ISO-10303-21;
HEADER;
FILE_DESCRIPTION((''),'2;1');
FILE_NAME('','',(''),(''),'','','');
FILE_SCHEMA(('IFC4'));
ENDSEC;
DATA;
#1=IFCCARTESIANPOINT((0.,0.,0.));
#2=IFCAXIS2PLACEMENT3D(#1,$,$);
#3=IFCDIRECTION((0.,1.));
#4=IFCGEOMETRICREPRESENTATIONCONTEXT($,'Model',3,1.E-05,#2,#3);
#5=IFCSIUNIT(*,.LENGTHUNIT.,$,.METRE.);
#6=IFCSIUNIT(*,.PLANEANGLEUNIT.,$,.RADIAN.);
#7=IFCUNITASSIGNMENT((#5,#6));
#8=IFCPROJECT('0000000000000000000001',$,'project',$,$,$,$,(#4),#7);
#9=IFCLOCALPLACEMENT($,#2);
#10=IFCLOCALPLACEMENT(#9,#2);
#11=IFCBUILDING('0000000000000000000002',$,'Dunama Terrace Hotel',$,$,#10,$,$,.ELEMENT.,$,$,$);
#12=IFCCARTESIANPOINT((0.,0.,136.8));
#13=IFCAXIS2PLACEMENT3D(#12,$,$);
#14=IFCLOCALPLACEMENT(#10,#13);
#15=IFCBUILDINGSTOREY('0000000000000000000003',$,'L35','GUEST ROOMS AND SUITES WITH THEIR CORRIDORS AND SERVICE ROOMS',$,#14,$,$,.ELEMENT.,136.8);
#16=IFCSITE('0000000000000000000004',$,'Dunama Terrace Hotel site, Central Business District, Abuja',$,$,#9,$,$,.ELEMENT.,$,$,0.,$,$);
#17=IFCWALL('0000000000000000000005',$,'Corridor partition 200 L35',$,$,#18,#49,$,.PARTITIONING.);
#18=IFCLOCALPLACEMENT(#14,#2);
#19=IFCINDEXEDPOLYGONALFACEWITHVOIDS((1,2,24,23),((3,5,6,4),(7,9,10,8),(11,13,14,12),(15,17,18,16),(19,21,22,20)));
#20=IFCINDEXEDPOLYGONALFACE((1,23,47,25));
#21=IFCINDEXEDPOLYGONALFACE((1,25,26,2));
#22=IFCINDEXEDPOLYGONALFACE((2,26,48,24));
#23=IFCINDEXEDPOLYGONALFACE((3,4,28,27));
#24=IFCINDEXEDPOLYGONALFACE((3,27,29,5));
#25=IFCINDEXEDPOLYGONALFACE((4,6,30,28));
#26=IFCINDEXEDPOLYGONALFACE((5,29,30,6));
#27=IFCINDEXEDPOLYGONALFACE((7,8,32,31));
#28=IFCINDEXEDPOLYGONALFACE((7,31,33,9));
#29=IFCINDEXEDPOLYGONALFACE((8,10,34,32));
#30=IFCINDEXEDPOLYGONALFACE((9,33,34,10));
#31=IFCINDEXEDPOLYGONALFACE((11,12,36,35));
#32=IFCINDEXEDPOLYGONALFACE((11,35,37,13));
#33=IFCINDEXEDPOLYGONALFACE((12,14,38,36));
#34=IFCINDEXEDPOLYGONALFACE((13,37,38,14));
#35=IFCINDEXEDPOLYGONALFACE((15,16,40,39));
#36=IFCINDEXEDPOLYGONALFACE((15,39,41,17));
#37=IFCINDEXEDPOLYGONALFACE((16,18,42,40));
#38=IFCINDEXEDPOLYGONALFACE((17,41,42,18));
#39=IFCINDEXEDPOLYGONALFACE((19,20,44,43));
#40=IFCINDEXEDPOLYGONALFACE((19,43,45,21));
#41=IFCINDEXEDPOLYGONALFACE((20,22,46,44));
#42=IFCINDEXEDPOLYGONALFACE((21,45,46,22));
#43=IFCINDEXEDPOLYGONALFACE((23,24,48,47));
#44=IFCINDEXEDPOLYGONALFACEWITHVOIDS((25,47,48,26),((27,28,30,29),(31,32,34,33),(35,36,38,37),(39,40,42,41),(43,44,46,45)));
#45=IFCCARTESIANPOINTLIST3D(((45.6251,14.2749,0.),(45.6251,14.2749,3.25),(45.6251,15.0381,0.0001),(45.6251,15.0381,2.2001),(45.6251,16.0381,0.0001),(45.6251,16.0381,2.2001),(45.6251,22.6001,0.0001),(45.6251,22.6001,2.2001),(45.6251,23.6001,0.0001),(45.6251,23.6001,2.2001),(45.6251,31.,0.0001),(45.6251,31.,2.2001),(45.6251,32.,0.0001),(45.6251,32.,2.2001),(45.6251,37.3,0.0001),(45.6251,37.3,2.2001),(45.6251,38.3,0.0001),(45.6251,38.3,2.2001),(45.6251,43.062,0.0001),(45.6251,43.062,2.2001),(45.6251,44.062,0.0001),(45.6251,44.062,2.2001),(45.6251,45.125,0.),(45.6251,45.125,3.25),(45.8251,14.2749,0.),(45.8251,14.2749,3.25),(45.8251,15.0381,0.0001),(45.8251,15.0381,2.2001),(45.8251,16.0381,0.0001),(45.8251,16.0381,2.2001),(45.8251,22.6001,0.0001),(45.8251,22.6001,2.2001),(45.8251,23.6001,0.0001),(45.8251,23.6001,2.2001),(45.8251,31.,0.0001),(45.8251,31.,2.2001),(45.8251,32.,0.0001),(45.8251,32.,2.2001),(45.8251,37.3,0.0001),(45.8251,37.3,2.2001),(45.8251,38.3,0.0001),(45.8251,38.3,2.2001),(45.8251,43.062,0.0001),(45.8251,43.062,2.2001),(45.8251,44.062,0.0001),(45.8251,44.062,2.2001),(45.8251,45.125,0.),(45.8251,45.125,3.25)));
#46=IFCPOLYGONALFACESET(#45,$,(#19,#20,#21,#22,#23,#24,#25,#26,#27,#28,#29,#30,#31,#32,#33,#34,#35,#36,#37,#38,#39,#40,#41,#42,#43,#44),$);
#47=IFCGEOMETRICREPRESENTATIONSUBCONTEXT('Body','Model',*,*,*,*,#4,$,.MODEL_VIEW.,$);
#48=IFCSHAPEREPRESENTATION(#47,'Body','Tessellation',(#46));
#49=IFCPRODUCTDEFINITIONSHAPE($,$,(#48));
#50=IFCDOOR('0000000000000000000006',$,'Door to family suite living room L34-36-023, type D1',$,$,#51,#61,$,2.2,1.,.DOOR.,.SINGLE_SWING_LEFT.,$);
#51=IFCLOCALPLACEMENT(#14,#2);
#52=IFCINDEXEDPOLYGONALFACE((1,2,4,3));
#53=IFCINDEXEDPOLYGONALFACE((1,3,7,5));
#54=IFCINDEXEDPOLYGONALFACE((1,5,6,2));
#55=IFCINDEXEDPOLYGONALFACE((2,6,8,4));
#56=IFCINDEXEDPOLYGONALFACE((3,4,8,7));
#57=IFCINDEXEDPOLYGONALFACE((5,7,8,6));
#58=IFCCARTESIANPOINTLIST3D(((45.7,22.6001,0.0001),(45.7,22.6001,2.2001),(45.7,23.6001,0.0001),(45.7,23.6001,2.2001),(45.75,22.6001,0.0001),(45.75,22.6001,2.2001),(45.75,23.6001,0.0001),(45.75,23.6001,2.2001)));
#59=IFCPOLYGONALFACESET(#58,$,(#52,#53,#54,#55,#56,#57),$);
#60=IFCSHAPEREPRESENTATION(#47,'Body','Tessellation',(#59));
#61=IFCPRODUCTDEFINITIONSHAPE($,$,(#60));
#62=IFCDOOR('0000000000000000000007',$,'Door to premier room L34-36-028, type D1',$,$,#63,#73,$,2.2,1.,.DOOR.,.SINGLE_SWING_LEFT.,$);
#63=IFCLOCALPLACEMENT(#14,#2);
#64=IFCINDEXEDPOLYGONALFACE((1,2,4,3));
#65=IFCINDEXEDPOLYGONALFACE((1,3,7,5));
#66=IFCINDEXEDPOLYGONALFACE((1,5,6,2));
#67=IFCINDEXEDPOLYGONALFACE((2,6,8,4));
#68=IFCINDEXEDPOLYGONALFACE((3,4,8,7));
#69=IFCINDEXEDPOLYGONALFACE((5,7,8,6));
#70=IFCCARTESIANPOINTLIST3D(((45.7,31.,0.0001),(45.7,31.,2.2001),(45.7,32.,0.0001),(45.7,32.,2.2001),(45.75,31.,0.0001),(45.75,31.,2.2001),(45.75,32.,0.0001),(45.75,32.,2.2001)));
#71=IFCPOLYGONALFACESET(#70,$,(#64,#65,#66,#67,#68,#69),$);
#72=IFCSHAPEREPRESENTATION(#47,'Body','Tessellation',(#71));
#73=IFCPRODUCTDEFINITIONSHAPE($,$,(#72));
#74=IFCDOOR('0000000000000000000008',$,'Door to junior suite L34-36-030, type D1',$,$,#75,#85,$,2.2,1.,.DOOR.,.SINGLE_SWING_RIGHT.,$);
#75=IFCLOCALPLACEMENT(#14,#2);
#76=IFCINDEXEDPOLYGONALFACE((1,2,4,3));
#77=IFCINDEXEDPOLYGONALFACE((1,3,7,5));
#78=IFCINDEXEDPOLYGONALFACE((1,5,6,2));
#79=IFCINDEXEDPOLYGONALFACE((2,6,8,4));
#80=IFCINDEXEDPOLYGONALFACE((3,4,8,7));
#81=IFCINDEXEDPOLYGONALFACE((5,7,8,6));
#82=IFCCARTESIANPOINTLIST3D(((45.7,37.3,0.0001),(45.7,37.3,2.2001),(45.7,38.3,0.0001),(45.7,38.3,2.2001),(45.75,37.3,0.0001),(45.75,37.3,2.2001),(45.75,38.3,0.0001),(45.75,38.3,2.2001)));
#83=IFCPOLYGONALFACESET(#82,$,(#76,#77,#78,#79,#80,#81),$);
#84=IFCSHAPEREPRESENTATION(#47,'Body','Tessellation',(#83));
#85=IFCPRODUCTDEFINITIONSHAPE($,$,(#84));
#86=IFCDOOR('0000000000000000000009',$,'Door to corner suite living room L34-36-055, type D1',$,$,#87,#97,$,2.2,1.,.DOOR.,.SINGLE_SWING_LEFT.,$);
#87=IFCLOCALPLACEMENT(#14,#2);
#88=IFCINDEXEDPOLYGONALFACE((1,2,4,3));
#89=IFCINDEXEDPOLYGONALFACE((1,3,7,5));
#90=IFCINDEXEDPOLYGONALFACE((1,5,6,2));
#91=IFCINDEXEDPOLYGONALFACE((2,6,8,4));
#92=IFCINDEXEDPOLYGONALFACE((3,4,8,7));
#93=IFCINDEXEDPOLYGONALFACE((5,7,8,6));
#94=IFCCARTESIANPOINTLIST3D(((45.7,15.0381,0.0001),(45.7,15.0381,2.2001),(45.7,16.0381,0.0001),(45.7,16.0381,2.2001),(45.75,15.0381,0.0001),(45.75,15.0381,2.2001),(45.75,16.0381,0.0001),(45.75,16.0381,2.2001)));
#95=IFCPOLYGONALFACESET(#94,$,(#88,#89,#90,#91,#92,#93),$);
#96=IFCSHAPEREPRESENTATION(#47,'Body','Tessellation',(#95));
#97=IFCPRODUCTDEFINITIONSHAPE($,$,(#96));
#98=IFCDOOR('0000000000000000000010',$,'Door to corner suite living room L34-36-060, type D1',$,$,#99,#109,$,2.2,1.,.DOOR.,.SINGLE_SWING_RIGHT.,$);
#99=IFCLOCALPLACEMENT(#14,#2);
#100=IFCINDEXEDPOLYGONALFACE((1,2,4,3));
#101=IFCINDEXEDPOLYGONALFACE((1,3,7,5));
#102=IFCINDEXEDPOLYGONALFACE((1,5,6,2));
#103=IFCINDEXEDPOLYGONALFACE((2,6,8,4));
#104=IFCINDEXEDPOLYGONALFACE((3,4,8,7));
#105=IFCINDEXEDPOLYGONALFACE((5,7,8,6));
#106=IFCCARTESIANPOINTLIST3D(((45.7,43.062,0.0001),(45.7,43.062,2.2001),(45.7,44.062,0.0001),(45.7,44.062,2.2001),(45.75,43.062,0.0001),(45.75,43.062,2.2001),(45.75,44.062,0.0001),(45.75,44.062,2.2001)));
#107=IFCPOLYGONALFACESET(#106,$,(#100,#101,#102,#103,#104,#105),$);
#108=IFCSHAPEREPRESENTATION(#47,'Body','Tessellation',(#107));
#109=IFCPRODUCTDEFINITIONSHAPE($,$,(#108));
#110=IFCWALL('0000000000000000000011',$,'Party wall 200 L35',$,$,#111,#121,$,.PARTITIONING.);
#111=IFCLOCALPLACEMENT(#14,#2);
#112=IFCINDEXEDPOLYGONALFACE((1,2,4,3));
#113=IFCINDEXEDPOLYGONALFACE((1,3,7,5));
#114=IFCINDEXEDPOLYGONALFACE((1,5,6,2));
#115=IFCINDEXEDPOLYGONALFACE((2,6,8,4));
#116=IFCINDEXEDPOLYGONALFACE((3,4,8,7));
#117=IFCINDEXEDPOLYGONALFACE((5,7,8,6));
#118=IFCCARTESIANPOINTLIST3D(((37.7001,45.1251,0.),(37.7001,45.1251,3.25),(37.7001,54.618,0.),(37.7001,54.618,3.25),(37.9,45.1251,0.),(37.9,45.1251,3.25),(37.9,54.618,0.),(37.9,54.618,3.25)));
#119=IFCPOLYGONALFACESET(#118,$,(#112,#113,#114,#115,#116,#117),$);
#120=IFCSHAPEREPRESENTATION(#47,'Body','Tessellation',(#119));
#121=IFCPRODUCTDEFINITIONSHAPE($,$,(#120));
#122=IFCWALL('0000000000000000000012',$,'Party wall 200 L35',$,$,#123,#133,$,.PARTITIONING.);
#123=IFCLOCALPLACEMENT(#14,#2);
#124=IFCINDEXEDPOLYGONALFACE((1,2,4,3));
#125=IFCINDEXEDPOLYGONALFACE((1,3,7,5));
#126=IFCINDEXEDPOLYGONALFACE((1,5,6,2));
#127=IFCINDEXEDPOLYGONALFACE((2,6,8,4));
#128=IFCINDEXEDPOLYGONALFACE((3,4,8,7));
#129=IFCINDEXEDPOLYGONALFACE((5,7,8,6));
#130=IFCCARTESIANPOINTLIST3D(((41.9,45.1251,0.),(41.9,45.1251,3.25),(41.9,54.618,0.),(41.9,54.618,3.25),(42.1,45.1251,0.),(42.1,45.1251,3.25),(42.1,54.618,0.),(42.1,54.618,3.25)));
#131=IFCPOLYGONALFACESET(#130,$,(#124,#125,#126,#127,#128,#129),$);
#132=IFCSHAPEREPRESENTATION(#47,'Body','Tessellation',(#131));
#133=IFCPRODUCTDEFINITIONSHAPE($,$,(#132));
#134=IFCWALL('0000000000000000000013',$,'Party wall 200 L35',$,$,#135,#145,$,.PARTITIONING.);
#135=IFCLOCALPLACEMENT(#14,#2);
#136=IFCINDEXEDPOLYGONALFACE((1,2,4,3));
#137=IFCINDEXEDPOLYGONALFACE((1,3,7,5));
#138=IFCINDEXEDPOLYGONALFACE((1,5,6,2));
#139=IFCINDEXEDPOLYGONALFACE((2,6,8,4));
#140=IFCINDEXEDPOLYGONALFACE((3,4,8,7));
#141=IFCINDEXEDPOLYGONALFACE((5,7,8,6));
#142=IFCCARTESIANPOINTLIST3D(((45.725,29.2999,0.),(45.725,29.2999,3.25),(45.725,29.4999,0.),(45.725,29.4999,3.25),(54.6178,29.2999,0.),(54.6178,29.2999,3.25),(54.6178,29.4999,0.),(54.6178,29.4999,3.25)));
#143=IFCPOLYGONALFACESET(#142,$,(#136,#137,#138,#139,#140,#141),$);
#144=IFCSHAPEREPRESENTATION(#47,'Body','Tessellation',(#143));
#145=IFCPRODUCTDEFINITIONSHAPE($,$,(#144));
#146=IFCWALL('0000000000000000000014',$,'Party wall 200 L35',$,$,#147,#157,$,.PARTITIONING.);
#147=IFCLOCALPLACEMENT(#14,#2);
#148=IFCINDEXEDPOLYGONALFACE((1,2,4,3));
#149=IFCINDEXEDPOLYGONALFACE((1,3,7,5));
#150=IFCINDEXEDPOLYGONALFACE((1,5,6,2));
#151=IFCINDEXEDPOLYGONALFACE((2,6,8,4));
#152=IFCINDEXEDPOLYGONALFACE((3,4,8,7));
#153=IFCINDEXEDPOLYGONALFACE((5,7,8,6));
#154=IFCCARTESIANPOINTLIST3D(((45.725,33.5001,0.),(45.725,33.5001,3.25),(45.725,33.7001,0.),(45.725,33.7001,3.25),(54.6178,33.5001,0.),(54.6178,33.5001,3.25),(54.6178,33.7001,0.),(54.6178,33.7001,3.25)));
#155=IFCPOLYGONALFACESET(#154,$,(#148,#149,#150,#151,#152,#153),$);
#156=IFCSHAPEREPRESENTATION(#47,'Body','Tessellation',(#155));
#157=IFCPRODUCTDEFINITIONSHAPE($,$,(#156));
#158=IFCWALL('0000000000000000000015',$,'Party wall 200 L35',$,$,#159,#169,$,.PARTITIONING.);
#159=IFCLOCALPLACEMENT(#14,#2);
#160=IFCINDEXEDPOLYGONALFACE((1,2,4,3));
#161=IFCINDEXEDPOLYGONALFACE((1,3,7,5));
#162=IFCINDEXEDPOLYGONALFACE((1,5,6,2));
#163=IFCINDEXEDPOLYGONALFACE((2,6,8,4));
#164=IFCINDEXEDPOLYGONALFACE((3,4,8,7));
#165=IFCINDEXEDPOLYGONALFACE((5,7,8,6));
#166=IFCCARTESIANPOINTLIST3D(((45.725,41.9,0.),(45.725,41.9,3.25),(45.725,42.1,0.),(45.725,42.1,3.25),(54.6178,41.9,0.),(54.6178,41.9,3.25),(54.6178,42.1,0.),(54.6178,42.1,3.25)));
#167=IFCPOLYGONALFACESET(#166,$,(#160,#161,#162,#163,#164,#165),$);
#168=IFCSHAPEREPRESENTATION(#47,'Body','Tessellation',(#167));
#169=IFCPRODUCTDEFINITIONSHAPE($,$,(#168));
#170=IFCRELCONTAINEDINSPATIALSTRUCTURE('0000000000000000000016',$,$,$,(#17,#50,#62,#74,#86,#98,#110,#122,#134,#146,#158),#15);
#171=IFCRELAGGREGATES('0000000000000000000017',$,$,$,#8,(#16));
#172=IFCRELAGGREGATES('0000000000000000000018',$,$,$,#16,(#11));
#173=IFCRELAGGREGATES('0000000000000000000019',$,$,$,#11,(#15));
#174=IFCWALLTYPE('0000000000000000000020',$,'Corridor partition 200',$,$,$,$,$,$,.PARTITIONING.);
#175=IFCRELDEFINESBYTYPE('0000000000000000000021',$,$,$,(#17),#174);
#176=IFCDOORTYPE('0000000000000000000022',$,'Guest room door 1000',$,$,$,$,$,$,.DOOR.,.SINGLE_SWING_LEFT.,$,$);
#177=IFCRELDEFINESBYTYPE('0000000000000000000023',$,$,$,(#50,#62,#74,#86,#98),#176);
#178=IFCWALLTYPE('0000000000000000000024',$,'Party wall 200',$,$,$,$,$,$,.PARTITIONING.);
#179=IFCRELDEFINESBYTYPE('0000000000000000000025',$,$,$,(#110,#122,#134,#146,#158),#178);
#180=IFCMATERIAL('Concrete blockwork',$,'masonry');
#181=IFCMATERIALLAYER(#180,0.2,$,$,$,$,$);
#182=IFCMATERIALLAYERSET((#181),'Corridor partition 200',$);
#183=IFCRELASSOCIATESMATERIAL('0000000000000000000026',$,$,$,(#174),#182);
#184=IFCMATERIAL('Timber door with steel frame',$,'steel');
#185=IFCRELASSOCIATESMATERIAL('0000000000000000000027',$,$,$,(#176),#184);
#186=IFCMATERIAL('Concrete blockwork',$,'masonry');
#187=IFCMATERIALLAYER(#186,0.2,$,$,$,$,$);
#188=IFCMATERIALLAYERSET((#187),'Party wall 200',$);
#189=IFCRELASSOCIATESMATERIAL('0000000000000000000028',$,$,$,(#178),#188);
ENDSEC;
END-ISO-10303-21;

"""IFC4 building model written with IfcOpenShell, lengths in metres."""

from ifc_helpers import new_model, si_unit, direction, frame, frame_2d, origin, place, context, subcontext, project, spatial, rectangle, extrude, material, layer, layer_set, type_object, element, fill, save


model = new_model("IFC4")

# Units and contexts
model_context = context("Model", 3, precision=1e-05, world=origin(), true_north=direction((0.0, 1.0)))
body_context = subcontext(model_context, "Body", "Model", "MODEL_VIEW")
ifc_project = project(units=[si_unit("LENGTHUNIT", "METRE"), si_unit("PLANEANGLEUNIT", "RADIAN")], contexts=[model_context])

# Site, building, storey
site_placement = place(None, origin())
site = spatial("IfcSite", under=ifc_project, at=site_placement, Name="Dunama Terrace Hotel site, Central Business District, Abuja", CompositionType="ELEMENT", RefElevation=0.0)
building_placement = place(site_placement, origin())
building = spatial("IfcBuilding", under=site, at=building_placement, Name="Dunama Terrace Hotel", CompositionType="ELEMENT")
storey_placement = place(building_placement, frame((0.0, 0.0, 136.8)))
storey = spatial("IfcBuildingStorey", under=building, at=storey_placement, Name="L35", Description="GUEST ROOMS AND SUITES WITH THEIR CORRIDORS AND SERVICE ROOMS", CompositionType="ELEMENT", Elevation=136.8)

# Wall, openings, doors
ifc_material_1 = material(Name="Concrete blockwork", Category="masonry")
ifc_layer_1 = layer(ifc_material_1, 0.2)
ifc_layer_set_1 = layer_set([ifc_layer_1], Name="Corridor partition 200")
wall_type_1 = type_object("IfcWallType", Name="Corridor partition 200", PredefinedType="PARTITIONING", material=ifc_layer_set_1)
wall_1_placement = place(storey_placement, frame((45.7251, 45.125, 0.0), z_axis=(0.0, 0.0, 1.0), x_axis=(0.0, -1.0, 0.0)))
wall_1 = element("IfcWall", 1, at=wall_1_placement, inside=storey, type_object=wall_type_1, Name="Corridor partition 200 L35", PredefinedType="PARTITIONING", context=body_context, shape_type="SweptSolid", body=[
    extrude(rectangle(XDim=30.8501, YDim=0.2, at=frame_2d((15.425, 0.0))), origin(), (0.0, 0.0, 1.0), 3.25),
])
opening_1_placement = place(wall_1_placement, frame((21.5249, 0.0, 0.0)))
opening_1 = element("IfcOpeningElement", 2, at=opening_1_placement, cuts=wall_1, PredefinedType="OPENING", context=body_context, shape_type="SweptSolid", body=[
    extrude(rectangle(XDim=1.0, YDim=2.2, at=frame_2d((0.5, 1.1001))), frame((0.0, 0.1099, 0.0), z_axis=(0.0, -1.0, 0.0), x_axis=(1.0, 0.0, 0.0)), (0.0, 0.0, 1.0), 0.22),
])
opening_2_placement = place(wall_1_placement, frame((13.125, 0.0, 0.0)))
opening_2 = element("IfcOpeningElement", 3, at=opening_2_placement, cuts=wall_1, PredefinedType="OPENING", context=body_context, shape_type="SweptSolid", body=[
    extrude(rectangle(XDim=1.0, YDim=2.2, at=frame_2d((0.5, 1.1001))), frame((0.0, 0.1099, 0.0), z_axis=(0.0, -1.0, 0.0), x_axis=(1.0, 0.0, 0.0)), (0.0, 0.0, 1.0), 0.22),
])
opening_3_placement = place(wall_1_placement, frame((6.825, 0.0, 0.0)))
opening_3 = element("IfcOpeningElement", 4, at=opening_3_placement, cuts=wall_1, PredefinedType="OPENING", context=body_context, shape_type="SweptSolid", body=[
    extrude(rectangle(XDim=1.0, YDim=2.2, at=frame_2d((0.5, 1.1001))), frame((0.0, 0.1099, 0.0), z_axis=(0.0, -1.0, 0.0), x_axis=(1.0, 0.0, 0.0)), (0.0, 0.0, 1.0), 0.22),
])
opening_4_placement = place(wall_1_placement, frame((29.0869, 0.0, 0.0)))
opening_4 = element("IfcOpeningElement", 5, at=opening_4_placement, cuts=wall_1, PredefinedType="OPENING", context=body_context, shape_type="SweptSolid", body=[
    extrude(rectangle(XDim=1.0, YDim=2.2, at=frame_2d((0.5, 1.1001))), frame((0.0, 0.1099, 0.0), z_axis=(0.0, -1.0, 0.0), x_axis=(1.0, 0.0, 0.0)), (0.0, 0.0, 1.0), 0.22),
])
opening_5_placement = place(wall_1_placement, frame((1.063, 0.0, 0.0)))
opening_5 = element("IfcOpeningElement", 6, at=opening_5_placement, cuts=wall_1, PredefinedType="OPENING", context=body_context, shape_type="SweptSolid", body=[
    extrude(rectangle(XDim=1.0, YDim=2.2, at=frame_2d((0.5, 1.1001))), frame((0.0, 0.1099, 0.0), z_axis=(0.0, -1.0, 0.0), x_axis=(1.0, 0.0, 0.0)), (0.0, 0.0, 1.0), 0.22),
])
ifc_material_2 = material(Name="Timber door with steel frame", Category="steel")
door_type_1 = type_object("IfcDoorType", Name="Guest room door 1000", OperationType="SINGLE_SWING_LEFT", PredefinedType="DOOR", material=ifc_material_2)
door_1_placement = place(opening_1_placement, origin())
door_1 = element("IfcDoor", 7, at=door_1_placement, inside=storey, type_object=door_type_1, Name="Door to family suite living room L34-36-023, type D1", OperationType="SINGLE_SWING_LEFT", OverallHeight=2.2, OverallWidth=1.0, PredefinedType="DOOR", context=body_context, shape_type="SweptSolid", body=[
    extrude(rectangle(XDim=1.0, YDim=2.2, at=frame_2d((0.5, 1.1001))), frame((0.0, 0.0249, 0.0), z_axis=(0.0, -1.0, 0.0), x_axis=(1.0, 0.0, 0.0)), (0.0, 0.0, 1.0), 0.05),
])
fill(opening_1, door_1)
door_2_placement = place(opening_2_placement, origin())
door_2 = element("IfcDoor", 8, at=door_2_placement, inside=storey, type_object=door_type_1, Name="Door to premier room L34-36-028, type D1", OperationType="SINGLE_SWING_LEFT", OverallHeight=2.2, OverallWidth=1.0, PredefinedType="DOOR", context=body_context, shape_type="SweptSolid", body=[
    extrude(rectangle(XDim=1.0, YDim=2.2, at=frame_2d((0.5, 1.1001))), frame((0.0, 0.0249, 0.0), z_axis=(0.0, -1.0, 0.0), x_axis=(1.0, 0.0, 0.0)), (0.0, 0.0, 1.0), 0.05),
])
fill(opening_2, door_2)
door_3_placement = place(opening_3_placement, origin())
door_3 = element("IfcDoor", 9, at=door_3_placement, inside=storey, type_object=door_type_1, Name="Door to junior suite L34-36-030, type D1", OperationType="SINGLE_SWING_RIGHT", OverallHeight=2.2, OverallWidth=1.0, PredefinedType="DOOR", context=body_context, shape_type="SweptSolid", body=[
    extrude(rectangle(XDim=1.0, YDim=2.2, at=frame_2d((0.5, 1.1001))), frame((0.0, 0.0249, 0.0), z_axis=(0.0, -1.0, 0.0), x_axis=(1.0, 0.0, 0.0)), (0.0, 0.0, 1.0), 0.05),
])
fill(opening_3, door_3)
door_4_placement = place(opening_4_placement, origin())
door_4 = element("IfcDoor", 10, at=door_4_placement, inside=storey, type_object=door_type_1, Name="Door to corner suite living room L34-36-055, type D1", OperationType="SINGLE_SWING_LEFT", OverallHeight=2.2, OverallWidth=1.0, PredefinedType="DOOR", context=body_context, shape_type="SweptSolid", body=[
    extrude(rectangle(XDim=1.0, YDim=2.2, at=frame_2d((0.5, 1.1001))), frame((0.0, 0.0249, 0.0), z_axis=(0.0, -1.0, 0.0), x_axis=(1.0, 0.0, 0.0)), (0.0, 0.0, 1.0), 0.05),
])
fill(opening_4, door_4)
door_5_placement = place(opening_5_placement, origin())
door_5 = element("IfcDoor", 11, at=door_5_placement, inside=storey, type_object=door_type_1, Name="Door to corner suite living room L34-36-060, type D1", OperationType="SINGLE_SWING_RIGHT", OverallHeight=2.2, OverallWidth=1.0, PredefinedType="DOOR", context=body_context, shape_type="SweptSolid", body=[
    extrude(rectangle(XDim=1.0, YDim=2.2, at=frame_2d((0.5, 1.1001))), frame((0.0, 0.0249, 0.0), z_axis=(0.0, -1.0, 0.0), x_axis=(1.0, 0.0, 0.0)), (0.0, 0.0, 1.0), 0.05),
])
fill(opening_5, door_5)

# Walls
ifc_material_3 = material(Name="Concrete blockwork", Category="masonry")
ifc_layer_2 = layer(ifc_material_3, 0.2)
ifc_layer_set_2 = layer_set([ifc_layer_2], Name="Party wall 200")
wall_type_2 = type_object("IfcWallType", Name="Party wall 200", PredefinedType="PARTITIONING", material=ifc_layer_set_2)
for number, where, z_axis, x_axis, name in (
    (12, (37.8, 45.125, 0.0), (0.0, 0.0, 1.0), (0.0, 1.0, 0.0), "Party wall 200 L35"),
    (13, (42.0, 45.125, 0.0), (0.0, 0.0, 1.0), (0.0, 1.0, 0.0), "Party wall 200 L35"),
):
    element("IfcWall", number, at=place(storey_placement, frame(where, z_axis=z_axis, x_axis=x_axis)), inside=storey, type_object=wall_type_2, Name=name, PredefinedType="PARTITIONING", context=body_context, shape_type="SweptSolid", body=[
        extrude(rectangle(XDim=9.4929, YDim=0.2, at=frame_2d((4.7466, 0.0))), origin(), (0.0, 0.0, 1.0), 3.25),
    ])
for number, where, z_axis, x_axis, name in (
    (14, (45.7251, 29.3999, 0.0), (0.0, 0.0, 1.0), (1.0, 0.0, 0.0), "Party wall 200 L35"),
    (15, (45.7251, 33.6001, 0.0), (0.0, 0.0, 1.0), (1.0, 0.0, 0.0), "Party wall 200 L35"),
    (16, (45.7251, 42.0, 0.0), (0.0, 0.0, 1.0), (1.0, 0.0, 0.0), "Party wall 200 L35"),
):
    element("IfcWall", number, at=place(storey_placement, frame(where, z_axis=z_axis, x_axis=x_axis)), inside=storey, type_object=wall_type_2, Name=name, PredefinedType="PARTITIONING", context=body_context, shape_type="SweptSolid", body=[
        extrude(rectangle(XDim=8.8928, YDim=0.2, at=frame_2d((4.4463, 0.0))), origin(), (0.0, 0.0, 1.0), 3.25),
    ])

save(model, "model.ifc")
